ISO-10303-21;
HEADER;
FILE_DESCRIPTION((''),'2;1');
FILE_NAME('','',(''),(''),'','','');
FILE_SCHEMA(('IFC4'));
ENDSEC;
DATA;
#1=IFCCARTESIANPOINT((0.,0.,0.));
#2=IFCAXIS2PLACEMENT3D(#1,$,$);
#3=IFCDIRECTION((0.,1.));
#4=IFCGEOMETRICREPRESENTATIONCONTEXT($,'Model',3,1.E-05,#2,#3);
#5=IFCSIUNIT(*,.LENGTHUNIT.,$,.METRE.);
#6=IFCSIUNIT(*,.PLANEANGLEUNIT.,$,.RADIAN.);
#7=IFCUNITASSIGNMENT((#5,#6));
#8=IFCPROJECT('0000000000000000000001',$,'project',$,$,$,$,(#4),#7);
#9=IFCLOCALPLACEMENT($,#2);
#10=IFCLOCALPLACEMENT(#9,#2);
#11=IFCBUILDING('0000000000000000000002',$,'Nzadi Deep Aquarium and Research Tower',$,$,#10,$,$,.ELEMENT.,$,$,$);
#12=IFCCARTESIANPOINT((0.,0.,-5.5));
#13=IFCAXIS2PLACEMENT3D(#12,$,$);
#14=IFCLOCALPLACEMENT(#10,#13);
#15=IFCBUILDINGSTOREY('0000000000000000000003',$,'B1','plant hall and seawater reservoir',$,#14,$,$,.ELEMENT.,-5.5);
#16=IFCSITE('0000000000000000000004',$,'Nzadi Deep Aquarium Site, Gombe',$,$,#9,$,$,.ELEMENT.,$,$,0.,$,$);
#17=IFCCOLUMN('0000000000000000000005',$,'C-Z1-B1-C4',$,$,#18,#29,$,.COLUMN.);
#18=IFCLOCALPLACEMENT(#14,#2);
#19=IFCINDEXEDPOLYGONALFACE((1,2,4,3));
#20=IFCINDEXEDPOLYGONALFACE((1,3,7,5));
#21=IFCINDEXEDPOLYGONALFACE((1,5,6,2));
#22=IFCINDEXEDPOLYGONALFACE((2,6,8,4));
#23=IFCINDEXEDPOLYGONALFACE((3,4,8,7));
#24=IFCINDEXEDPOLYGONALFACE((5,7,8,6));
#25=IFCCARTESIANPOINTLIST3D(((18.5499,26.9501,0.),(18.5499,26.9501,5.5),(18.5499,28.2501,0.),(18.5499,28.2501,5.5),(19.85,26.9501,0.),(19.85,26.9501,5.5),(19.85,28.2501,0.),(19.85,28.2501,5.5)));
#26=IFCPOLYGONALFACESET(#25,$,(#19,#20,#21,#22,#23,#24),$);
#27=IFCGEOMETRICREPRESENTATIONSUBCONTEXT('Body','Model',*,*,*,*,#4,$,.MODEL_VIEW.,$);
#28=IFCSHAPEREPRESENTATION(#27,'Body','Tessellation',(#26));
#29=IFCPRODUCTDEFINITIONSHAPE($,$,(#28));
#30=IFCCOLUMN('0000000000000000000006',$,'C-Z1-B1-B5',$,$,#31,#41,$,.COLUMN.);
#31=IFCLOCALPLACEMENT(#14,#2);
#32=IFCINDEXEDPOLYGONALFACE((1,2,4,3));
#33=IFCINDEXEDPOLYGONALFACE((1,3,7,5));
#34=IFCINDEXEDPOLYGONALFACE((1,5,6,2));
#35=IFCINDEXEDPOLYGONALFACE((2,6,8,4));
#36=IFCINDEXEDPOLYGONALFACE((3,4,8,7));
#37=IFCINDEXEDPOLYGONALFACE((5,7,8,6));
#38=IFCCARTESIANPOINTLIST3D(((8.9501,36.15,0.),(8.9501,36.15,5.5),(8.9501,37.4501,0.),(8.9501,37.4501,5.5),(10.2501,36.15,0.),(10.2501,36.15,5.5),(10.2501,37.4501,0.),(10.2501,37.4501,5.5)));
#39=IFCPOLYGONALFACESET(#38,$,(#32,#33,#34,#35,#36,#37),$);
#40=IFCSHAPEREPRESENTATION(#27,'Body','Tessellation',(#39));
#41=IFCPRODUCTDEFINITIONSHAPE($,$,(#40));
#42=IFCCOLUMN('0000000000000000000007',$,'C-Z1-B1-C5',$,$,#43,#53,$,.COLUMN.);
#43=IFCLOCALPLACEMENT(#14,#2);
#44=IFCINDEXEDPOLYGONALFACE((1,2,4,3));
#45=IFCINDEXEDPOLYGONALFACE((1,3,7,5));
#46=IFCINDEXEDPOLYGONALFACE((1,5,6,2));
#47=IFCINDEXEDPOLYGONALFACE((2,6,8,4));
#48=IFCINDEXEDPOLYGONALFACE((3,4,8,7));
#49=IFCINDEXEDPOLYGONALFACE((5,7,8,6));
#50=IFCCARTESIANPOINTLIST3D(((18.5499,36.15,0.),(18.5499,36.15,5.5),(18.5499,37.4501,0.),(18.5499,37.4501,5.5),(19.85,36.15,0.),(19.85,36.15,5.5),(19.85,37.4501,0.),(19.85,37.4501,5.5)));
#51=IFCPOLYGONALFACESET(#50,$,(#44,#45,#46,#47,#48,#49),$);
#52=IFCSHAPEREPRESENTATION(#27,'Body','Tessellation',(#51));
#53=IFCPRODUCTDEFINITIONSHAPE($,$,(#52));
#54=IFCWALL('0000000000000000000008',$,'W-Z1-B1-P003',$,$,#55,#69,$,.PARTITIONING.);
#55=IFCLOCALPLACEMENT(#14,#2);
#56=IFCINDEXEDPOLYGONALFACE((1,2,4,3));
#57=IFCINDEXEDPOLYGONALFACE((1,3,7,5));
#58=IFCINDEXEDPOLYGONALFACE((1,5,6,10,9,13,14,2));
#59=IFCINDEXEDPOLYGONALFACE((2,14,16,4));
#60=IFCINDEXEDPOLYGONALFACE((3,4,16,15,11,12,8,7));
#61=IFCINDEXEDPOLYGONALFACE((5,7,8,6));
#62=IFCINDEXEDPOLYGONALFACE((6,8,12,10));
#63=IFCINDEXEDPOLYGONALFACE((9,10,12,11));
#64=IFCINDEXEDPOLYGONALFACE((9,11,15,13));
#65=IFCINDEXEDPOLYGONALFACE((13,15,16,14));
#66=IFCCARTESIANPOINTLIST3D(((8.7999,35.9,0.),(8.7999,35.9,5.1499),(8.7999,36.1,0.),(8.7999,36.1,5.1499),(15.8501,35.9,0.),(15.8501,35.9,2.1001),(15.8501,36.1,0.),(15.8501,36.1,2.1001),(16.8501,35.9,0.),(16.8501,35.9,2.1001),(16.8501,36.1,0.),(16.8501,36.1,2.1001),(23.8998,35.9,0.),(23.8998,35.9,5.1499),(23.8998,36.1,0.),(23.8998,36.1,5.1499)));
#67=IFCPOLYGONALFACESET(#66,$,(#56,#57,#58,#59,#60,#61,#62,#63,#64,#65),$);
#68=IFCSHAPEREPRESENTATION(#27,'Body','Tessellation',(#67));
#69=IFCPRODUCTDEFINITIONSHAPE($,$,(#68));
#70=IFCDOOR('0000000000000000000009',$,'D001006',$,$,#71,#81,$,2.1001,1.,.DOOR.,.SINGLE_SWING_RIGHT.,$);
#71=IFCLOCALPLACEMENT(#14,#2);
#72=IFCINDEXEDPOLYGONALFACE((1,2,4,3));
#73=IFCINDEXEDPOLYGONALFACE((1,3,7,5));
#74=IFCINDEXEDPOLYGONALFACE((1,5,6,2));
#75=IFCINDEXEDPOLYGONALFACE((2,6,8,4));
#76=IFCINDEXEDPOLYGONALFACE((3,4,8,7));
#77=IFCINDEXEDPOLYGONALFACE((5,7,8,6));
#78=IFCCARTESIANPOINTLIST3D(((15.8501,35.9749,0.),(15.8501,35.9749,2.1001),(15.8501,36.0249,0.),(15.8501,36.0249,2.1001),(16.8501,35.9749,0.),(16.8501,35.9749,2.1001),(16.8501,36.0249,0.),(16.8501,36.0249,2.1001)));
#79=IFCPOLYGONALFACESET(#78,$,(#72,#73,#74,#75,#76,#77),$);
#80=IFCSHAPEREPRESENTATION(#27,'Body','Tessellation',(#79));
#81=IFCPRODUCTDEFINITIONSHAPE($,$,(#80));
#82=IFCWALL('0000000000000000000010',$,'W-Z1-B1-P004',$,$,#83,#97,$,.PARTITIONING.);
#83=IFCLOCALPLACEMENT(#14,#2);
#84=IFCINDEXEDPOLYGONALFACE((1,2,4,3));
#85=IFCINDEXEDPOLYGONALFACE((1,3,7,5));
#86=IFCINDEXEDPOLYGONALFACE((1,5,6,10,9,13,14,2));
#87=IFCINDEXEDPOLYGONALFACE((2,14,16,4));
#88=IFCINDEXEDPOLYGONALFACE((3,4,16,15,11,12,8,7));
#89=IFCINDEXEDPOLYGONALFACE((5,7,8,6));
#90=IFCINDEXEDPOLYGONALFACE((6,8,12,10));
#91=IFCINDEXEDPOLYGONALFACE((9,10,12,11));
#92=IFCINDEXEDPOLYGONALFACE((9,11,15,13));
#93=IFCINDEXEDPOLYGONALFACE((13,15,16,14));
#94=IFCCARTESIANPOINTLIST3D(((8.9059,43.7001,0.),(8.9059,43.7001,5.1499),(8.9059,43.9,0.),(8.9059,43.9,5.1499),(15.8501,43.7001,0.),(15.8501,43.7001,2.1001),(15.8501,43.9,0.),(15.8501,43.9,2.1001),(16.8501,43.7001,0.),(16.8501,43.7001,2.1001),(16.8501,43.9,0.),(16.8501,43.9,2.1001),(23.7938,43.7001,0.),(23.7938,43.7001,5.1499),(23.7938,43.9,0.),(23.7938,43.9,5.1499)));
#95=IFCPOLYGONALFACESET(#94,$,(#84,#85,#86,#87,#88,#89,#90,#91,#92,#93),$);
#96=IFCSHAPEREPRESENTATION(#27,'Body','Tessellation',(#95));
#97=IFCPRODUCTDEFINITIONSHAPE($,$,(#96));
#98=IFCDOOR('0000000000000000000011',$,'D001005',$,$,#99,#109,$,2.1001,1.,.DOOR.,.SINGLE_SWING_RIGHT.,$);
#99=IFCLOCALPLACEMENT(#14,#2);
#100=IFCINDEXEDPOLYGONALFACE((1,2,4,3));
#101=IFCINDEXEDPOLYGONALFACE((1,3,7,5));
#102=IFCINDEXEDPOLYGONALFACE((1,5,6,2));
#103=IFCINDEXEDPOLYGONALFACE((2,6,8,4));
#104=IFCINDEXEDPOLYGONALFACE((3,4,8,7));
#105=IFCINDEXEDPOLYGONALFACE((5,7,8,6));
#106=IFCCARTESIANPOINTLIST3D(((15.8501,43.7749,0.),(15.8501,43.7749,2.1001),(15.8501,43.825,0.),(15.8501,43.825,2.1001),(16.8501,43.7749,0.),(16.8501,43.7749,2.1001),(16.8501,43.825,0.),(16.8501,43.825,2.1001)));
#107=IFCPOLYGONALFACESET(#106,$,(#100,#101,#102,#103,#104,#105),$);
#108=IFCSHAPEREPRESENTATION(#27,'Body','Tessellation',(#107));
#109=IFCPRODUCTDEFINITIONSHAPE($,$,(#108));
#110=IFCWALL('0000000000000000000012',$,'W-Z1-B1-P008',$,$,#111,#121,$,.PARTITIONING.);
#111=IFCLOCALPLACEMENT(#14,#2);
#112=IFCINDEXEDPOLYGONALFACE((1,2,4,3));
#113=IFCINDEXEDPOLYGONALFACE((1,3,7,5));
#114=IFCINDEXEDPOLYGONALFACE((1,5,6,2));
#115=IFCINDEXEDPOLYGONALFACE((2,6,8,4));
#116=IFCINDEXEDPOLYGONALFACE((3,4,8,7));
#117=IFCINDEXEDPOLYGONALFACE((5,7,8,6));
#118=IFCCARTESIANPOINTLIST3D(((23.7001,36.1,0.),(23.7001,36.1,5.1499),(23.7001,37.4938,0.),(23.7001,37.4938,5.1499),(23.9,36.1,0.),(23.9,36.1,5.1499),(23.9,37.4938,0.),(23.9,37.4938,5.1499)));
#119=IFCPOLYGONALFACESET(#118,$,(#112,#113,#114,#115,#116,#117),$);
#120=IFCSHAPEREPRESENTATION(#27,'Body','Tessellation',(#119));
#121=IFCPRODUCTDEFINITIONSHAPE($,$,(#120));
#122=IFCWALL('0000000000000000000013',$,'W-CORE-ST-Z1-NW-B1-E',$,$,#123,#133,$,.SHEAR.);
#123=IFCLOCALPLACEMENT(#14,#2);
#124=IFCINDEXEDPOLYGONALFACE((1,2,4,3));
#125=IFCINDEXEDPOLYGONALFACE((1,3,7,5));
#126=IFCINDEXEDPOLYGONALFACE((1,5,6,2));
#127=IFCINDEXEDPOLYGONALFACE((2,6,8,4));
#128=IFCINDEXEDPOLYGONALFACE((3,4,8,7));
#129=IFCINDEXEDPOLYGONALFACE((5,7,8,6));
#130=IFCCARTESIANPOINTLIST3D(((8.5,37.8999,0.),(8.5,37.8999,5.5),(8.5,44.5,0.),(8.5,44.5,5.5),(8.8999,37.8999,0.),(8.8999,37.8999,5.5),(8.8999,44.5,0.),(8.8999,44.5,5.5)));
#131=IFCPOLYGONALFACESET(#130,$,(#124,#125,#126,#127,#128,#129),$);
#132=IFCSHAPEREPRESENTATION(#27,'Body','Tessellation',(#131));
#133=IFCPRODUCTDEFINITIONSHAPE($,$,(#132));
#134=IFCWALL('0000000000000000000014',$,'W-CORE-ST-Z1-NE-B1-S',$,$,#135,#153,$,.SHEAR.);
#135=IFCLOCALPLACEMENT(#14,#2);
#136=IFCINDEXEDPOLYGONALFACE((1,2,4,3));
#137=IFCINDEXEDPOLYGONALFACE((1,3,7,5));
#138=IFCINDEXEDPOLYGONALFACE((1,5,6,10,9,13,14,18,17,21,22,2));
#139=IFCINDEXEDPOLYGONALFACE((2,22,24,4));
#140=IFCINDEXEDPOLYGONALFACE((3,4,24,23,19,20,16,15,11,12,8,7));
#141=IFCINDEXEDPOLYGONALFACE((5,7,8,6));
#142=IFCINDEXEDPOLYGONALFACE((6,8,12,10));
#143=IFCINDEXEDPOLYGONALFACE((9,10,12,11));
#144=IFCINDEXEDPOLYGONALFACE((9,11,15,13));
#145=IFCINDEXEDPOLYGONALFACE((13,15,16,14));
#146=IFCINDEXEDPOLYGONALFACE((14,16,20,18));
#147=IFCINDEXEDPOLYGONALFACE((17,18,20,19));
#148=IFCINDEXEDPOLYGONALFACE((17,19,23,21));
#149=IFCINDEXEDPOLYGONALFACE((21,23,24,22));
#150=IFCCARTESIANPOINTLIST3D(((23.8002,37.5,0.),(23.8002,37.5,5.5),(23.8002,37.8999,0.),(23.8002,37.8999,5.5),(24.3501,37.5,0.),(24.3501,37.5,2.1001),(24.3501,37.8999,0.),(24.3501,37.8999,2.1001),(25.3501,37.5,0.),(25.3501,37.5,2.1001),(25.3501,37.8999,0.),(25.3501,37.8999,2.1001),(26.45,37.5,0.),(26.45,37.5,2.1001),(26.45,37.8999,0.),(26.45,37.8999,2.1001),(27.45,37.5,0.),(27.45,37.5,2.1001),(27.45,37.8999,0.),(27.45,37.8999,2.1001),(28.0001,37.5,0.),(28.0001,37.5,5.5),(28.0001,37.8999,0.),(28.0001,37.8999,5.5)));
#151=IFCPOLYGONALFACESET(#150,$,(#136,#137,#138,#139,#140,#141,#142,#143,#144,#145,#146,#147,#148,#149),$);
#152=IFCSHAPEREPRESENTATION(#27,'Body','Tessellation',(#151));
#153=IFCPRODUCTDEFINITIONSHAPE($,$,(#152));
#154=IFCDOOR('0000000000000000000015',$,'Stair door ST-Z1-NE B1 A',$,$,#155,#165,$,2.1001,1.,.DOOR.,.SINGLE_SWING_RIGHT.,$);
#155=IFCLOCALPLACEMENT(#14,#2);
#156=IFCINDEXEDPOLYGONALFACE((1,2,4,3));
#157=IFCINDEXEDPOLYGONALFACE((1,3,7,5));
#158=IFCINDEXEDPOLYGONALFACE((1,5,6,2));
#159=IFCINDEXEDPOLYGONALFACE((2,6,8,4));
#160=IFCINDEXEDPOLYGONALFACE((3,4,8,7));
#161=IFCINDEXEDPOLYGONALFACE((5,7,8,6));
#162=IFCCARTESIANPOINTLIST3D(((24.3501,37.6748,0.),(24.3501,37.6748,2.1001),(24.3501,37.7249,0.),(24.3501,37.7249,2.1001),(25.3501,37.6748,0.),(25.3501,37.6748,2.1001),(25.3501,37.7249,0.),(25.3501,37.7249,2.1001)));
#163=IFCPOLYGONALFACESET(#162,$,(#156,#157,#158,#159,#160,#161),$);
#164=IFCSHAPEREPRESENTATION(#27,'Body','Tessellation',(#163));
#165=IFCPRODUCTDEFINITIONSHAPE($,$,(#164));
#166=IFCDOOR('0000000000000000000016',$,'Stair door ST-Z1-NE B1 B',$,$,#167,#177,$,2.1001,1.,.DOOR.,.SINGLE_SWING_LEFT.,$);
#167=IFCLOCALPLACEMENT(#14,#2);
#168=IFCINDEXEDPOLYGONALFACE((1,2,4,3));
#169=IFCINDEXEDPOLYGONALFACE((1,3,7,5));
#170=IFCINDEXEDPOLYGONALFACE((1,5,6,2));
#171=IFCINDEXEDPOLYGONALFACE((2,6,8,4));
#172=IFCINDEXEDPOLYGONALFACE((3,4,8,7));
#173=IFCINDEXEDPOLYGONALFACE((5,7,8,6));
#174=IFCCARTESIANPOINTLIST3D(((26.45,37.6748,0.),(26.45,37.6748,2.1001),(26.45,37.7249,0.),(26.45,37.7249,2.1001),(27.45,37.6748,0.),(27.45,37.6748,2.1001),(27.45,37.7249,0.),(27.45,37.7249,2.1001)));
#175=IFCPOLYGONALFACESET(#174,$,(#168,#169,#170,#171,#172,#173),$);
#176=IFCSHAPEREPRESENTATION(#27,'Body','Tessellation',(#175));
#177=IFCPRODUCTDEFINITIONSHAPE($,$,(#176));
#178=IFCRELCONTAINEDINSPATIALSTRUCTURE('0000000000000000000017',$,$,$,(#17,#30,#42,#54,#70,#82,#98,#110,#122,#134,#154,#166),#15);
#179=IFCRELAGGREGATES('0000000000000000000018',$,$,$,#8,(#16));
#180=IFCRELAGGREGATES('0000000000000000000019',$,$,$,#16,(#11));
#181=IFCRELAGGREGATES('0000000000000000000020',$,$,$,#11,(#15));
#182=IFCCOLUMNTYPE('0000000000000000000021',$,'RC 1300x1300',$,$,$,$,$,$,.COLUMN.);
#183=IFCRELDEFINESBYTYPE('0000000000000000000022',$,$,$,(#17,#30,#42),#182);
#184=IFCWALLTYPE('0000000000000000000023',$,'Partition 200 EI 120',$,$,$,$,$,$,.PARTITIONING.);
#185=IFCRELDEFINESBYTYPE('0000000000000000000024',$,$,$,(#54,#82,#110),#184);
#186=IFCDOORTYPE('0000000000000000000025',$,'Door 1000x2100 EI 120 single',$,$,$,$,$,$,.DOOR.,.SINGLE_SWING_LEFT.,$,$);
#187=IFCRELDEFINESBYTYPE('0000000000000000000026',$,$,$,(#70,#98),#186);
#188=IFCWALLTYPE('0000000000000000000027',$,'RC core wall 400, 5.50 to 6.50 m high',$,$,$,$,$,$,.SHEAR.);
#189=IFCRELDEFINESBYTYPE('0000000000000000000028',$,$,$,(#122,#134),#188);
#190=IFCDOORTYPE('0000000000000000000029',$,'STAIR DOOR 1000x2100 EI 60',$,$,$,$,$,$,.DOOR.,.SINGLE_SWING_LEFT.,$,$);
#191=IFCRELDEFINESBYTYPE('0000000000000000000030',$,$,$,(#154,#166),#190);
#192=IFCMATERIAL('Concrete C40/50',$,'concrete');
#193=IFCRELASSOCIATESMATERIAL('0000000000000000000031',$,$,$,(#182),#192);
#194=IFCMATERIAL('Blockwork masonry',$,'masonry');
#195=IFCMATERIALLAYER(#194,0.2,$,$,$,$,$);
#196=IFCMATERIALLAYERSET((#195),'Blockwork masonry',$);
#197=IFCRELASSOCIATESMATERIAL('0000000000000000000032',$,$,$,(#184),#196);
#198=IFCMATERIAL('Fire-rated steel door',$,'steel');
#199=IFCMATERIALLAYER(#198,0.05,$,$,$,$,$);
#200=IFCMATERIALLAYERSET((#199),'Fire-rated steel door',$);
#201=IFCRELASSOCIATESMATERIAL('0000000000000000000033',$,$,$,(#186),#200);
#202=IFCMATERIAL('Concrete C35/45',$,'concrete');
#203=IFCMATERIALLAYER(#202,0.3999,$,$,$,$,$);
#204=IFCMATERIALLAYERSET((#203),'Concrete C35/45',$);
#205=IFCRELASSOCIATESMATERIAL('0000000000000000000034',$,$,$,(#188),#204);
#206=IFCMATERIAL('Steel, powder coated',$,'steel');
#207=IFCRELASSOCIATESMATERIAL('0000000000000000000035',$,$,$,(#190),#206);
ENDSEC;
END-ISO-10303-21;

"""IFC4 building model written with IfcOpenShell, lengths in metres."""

from ifc_helpers import new_model, si_unit, direction, frame, frame_2d, origin, origin_2d, place, context, subcontext, project, spatial, rectangle, extrude, material, layer, layer_set, material_profile, profile_set, type_object, element, fill, save


model = new_model("IFC4")

# Units and contexts
model_context = context("Model", 3, precision=1e-05, world=origin(), true_north=direction((0.0, 1.0)))
body_context = subcontext(model_context, "Body", "Model", "MODEL_VIEW")
ifc_project = project(units=[si_unit("LENGTHUNIT", "METRE"), si_unit("PLANEANGLEUNIT", "RADIAN")], contexts=[model_context])

# Site, building, storey
site_placement = place(None, origin())
site = spatial("IfcSite", under=ifc_project, at=site_placement, Name="Nzadi Deep Aquarium Site, Gombe", CompositionType="ELEMENT", RefElevation=0.0)
building_placement = place(site_placement, origin())
building = spatial("IfcBuilding", under=site, at=building_placement, Name="Nzadi Deep Aquarium and Research Tower", CompositionType="ELEMENT")
storey_placement = place(building_placement, frame((0.0, 0.0, -5.5)))
storey = spatial("IfcBuildingStorey", under=building, at=storey_placement, Name="B1", Description="plant hall and seawater reservoir", CompositionType="ELEMENT", Elevation=-5.5)

# Columns
ifc_material_1 = material(Name="Concrete C40/50", Category="concrete")
ifc_material_profile_1 = material_profile(ifc_material_1, rectangle(XDim=1.3, YDim=1.3, at=origin_2d()))
ifc_profile_set_1 = profile_set([ifc_material_profile_1], Name="Concrete C40/50")
column_type = type_object("IfcColumnType", Name="RC 1300x1300", PredefinedType="COLUMN", material=ifc_profile_set_1)
for number, where, z_axis, x_axis, name in (
    (1, (19.2, 27.6001, 0.0), (0.0, 0.0, 1.0), (1.0, 0.0, 0.0), "C-Z1-B1-C4"),
    (2, (9.6001, 36.8, 0.0), (0.0, 0.0, 1.0), (1.0, 0.0, 0.0), "C-Z1-B1-B5"),
    (3, (19.2, 36.8, 0.0), (0.0, 0.0, 1.0), (1.0, 0.0, 0.0), "C-Z1-B1-C5"),
):
    element("IfcColumn", number, at=place(storey_placement, frame(where, z_axis=z_axis, x_axis=x_axis)), inside=storey, type_object=column_type, Name=name, PredefinedType="COLUMN", context=body_context, shape_type="SweptSolid", body=[
        extrude(rectangle(XDim=1.3, YDim=1.3, at=origin_2d()), origin(), (0.0, 0.0, 1.0), 5.5),
    ])

# Walls, openings, doors
ifc_material_2 = material(Name="Blockwork masonry", Category="masonry")
ifc_layer_1 = layer(ifc_material_2, 0.2)
ifc_layer_set_1 = layer_set([ifc_layer_1], Name="Blockwork masonry")
wall_type_1 = type_object("IfcWallType", Name="Partition 200 EI 120", PredefinedType="PARTITIONING", material=ifc_layer_set_1)
wall_1_placement = place(storey_placement, frame((8.8, 36.0, 0.0), z_axis=(0.0, 0.0, 1.0), x_axis=(1.0, 0.0, 0.0)))
wall_1 = element("IfcWall", 4, at=wall_1_placement, inside=storey, type_object=wall_type_1, Name="W-Z1-B1-P003", PredefinedType="PARTITIONING", context=body_context, shape_type="SweptSolid", body=[
    extrude(rectangle(XDim=15.0999, YDim=0.2, at=frame_2d((7.5498, 0.0))), origin(), (0.0, 0.0, 1.0), 5.1499),
])
opening_1_placement = place(wall_1_placement, frame((7.05, 0.0, 0.0)))
opening_1 = element("IfcOpeningElement", 5, at=opening_1_placement, cuts=wall_1, PredefinedType="OPENING", context=body_context, shape_type="SweptSolid", body=[
    extrude(rectangle(XDim=1.0, YDim=2.1001, at=frame_2d((0.5, 1.05))), frame((0.0, 0.1101, 0.0), z_axis=(0.0, -1.0, 0.0), x_axis=(1.0, 0.0, 0.0)), (0.0, 0.0, 1.0), 0.2202),
])
ifc_material_3 = material(Name="Fire-rated steel door", Category="steel")
ifc_layer_2 = layer(ifc_material_3, 0.05)
ifc_layer_set_2 = layer_set([ifc_layer_2], Name="Fire-rated steel door")
door_type_1 = type_object("IfcDoorType", Name="Door 1000x2100 EI 120 single", OperationType="SINGLE_SWING_LEFT", PredefinedType="DOOR", material=ifc_layer_set_2)
door_1_placement = place(opening_1_placement, origin())
door_1 = element("IfcDoor", 6, at=door_1_placement, inside=storey, type_object=door_type_1, Name="D001006", OperationType="SINGLE_SWING_RIGHT", OverallHeight=2.1001, OverallWidth=1.0, PredefinedType="DOOR", context=body_context, shape_type="SweptSolid", body=[
    extrude(rectangle(XDim=1.0, YDim=2.1001, at=frame_2d((0.5, 1.05))), frame((0.0, 0.0249, 0.0), z_axis=(0.0, -1.0, 0.0), x_axis=(1.0, 0.0, 0.0)), (0.0, 0.0, 1.0), 0.05),
])
fill(opening_1, door_1)
wall_2_placement = place(storey_placement, frame((8.906, 43.8, 0.0), z_axis=(0.0, 0.0, 1.0), x_axis=(1.0, 0.0, 0.0)))
wall_2 = element("IfcWall", 7, at=wall_2_placement, inside=storey, type_object=wall_type_1, Name="W-Z1-B1-P004", PredefinedType="PARTITIONING", context=body_context, shape_type="SweptSolid", body=[
    extrude(rectangle(XDim=14.8879, YDim=0.2, at=frame_2d((7.4438, 0.0))), origin(), (0.0, 0.0, 1.0), 5.1499),
])
opening_2_placement = place(wall_2_placement, frame((6.9441, 0.0, 0.0)))
opening_2 = element("IfcOpeningElement", 8, at=opening_2_placement, cuts=wall_2, PredefinedType="OPENING", context=body_context, shape_type="SweptSolid", body=[
    extrude(rectangle(XDim=1.0, YDim=2.1001, at=frame_2d((0.5, 1.05))), frame((0.0, 0.1101, 0.0), z_axis=(0.0, -1.0, 0.0), x_axis=(1.0, 0.0, 0.0)), (0.0, 0.0, 1.0), 0.2202),
])
door_2_placement = place(opening_2_placement, origin())
door_2 = element("IfcDoor", 9, at=door_2_placement, inside=storey, type_object=door_type_1, Name="D001005", OperationType="SINGLE_SWING_RIGHT", OverallHeight=2.1001, OverallWidth=1.0, PredefinedType="DOOR", context=body_context, shape_type="SweptSolid", body=[
    extrude(rectangle(XDim=1.0, YDim=2.1001, at=frame_2d((0.5, 1.05))), frame((0.0, 0.0249, 0.0), z_axis=(0.0, -1.0, 0.0), x_axis=(1.0, 0.0, 0.0)), (0.0, 0.0, 1.0), 0.05),
])
fill(opening_2, door_2)

# Walls
wall_3_placement = place(storey_placement, frame((23.8, 36.1001, 0.0), z_axis=(0.0, 0.0, 1.0), x_axis=(0.0, 1.0, 0.0)))
element("IfcWall", 10, at=wall_3_placement, inside=storey, type_object=wall_type_1, Name="W-Z1-B1-P008", PredefinedType="PARTITIONING", context=body_context, shape_type="SweptSolid", body=[
    extrude(rectangle(XDim=1.3938, YDim=0.2, at=frame_2d((0.6968, 0.0))), origin(), (0.0, 0.0, 1.0), 5.1499),
])
ifc_material_4 = material(Name="Concrete C35/45", Category="concrete")
ifc_layer_3 = layer(ifc_material_4, 0.3999)
ifc_layer_set_3 = layer_set([ifc_layer_3], Name="Concrete C35/45")
wall_type_2 = type_object("IfcWallType", Name="RC core wall 400, 5.50 to 6.50 m high", PredefinedType="SHEAR", material=ifc_layer_set_3)
wall_4_placement = place(storey_placement, frame((8.7, 37.8999, 0.0), z_axis=(0.0, 0.0, 1.0), x_axis=(0.0, 1.0, 0.0)))
element("IfcWall", 11, at=wall_4_placement, inside=storey, type_object=wall_type_2, Name="W-CORE-ST-Z1-NW-B1-E", PredefinedType="SHEAR", context=body_context, shape_type="SweptSolid", body=[
    extrude(rectangle(XDim=6.6001, YDim=0.3999, at=frame_2d((3.3, 0.0))), origin(), (0.0, 0.0, 1.0), 5.5),
])

# Wall, openings, doors
wall_5_placement = place(storey_placement, frame((23.8, 37.7, 0.0), z_axis=(0.0, 0.0, 1.0), x_axis=(1.0, 0.0, 0.0)))
wall_5 = element("IfcWall", 12, at=wall_5_placement, inside=storey, type_object=wall_type_2, Name="W-CORE-ST-Z1-NE-B1-S", PredefinedType="SHEAR", context=body_context, shape_type="SweptSolid", body=[
    extrude(rectangle(XDim=4.2, YDim=0.3999, at=frame_2d((2.1001, 0.0))), origin(), (0.0, 0.0, 1.0), 5.5),
])
opening_3_placement = place(wall_5_placement, frame((0.55, 0.0, 0.0)))
opening_3 = element("IfcOpeningElement", 13, at=opening_3_placement, cuts=wall_5, PredefinedType="OPENING", context=body_context, shape_type="SweptSolid", body=[
    extrude(rectangle(XDim=1.0, YDim=2.1001, at=frame_2d((0.5, 1.05))), frame((0.0, 0.21, 0.0), z_axis=(0.0, -1.0, 0.0), x_axis=(1.0, 0.0, 0.0)), (0.0, 0.0, 1.0), 0.4199),
])
opening_4_placement = place(wall_5_placement, frame((2.6499, 0.0, 0.0)))
opening_4 = element("IfcOpeningElement", 14, at=opening_4_placement, cuts=wall_5, PredefinedType="OPENING", context=body_context, shape_type="SweptSolid", body=[
    extrude(rectangle(XDim=1.0, YDim=2.1001, at=frame_2d((0.5, 1.05))), frame((0.0, 0.21, 0.0), z_axis=(0.0, -1.0, 0.0), x_axis=(1.0, 0.0, 0.0)), (0.0, 0.0, 1.0), 0.4199),
])
ifc_material_5 = material(Name="Steel, powder coated", Category="steel")
door_type_2 = type_object("IfcDoorType", Name="STAIR DOOR 1000x2100 EI 60", OperationType="SINGLE_SWING_LEFT", PredefinedType="DOOR", material=ifc_material_5)
door_3_placement = place(opening_3_placement, origin())
door_3 = element("IfcDoor", 15, at=door_3_placement, inside=storey, type_object=door_type_2, Name="Stair door ST-Z1-NE B1 A", OperationType="SINGLE_SWING_RIGHT", OverallHeight=2.1001, OverallWidth=1.0, PredefinedType="DOOR", context=body_context, shape_type="SweptSolid", body=[
    extrude(rectangle(XDim=1.0, YDim=2.1001, at=frame_2d((0.5, 1.05))), frame((0.0, 0.0249, 0.0), z_axis=(0.0, -1.0, 0.0), x_axis=(1.0, 0.0, 0.0)), (0.0, 0.0, 1.0), 0.05),
])
fill(opening_3, door_3)
door_4_placement = place(opening_4_placement, origin())
door_4 = element("IfcDoor", 16, at=door_4_placement, inside=storey, type_object=door_type_2, Name="Stair door ST-Z1-NE B1 B", OperationType="SINGLE_SWING_LEFT", OverallHeight=2.1001, OverallWidth=1.0, PredefinedType="DOOR", context=body_context, shape_type="SweptSolid", body=[
    extrude(rectangle(XDim=1.0, YDim=2.1001, at=frame_2d((0.5, 1.05))), frame((0.0, 0.0249, 0.0), z_axis=(0.0, -1.0, 0.0), x_axis=(1.0, 0.0, 0.0)), (0.0, 0.0, 1.0), 0.05),
])
fill(opening_4, door_4)

save(model, "model.ifc")
